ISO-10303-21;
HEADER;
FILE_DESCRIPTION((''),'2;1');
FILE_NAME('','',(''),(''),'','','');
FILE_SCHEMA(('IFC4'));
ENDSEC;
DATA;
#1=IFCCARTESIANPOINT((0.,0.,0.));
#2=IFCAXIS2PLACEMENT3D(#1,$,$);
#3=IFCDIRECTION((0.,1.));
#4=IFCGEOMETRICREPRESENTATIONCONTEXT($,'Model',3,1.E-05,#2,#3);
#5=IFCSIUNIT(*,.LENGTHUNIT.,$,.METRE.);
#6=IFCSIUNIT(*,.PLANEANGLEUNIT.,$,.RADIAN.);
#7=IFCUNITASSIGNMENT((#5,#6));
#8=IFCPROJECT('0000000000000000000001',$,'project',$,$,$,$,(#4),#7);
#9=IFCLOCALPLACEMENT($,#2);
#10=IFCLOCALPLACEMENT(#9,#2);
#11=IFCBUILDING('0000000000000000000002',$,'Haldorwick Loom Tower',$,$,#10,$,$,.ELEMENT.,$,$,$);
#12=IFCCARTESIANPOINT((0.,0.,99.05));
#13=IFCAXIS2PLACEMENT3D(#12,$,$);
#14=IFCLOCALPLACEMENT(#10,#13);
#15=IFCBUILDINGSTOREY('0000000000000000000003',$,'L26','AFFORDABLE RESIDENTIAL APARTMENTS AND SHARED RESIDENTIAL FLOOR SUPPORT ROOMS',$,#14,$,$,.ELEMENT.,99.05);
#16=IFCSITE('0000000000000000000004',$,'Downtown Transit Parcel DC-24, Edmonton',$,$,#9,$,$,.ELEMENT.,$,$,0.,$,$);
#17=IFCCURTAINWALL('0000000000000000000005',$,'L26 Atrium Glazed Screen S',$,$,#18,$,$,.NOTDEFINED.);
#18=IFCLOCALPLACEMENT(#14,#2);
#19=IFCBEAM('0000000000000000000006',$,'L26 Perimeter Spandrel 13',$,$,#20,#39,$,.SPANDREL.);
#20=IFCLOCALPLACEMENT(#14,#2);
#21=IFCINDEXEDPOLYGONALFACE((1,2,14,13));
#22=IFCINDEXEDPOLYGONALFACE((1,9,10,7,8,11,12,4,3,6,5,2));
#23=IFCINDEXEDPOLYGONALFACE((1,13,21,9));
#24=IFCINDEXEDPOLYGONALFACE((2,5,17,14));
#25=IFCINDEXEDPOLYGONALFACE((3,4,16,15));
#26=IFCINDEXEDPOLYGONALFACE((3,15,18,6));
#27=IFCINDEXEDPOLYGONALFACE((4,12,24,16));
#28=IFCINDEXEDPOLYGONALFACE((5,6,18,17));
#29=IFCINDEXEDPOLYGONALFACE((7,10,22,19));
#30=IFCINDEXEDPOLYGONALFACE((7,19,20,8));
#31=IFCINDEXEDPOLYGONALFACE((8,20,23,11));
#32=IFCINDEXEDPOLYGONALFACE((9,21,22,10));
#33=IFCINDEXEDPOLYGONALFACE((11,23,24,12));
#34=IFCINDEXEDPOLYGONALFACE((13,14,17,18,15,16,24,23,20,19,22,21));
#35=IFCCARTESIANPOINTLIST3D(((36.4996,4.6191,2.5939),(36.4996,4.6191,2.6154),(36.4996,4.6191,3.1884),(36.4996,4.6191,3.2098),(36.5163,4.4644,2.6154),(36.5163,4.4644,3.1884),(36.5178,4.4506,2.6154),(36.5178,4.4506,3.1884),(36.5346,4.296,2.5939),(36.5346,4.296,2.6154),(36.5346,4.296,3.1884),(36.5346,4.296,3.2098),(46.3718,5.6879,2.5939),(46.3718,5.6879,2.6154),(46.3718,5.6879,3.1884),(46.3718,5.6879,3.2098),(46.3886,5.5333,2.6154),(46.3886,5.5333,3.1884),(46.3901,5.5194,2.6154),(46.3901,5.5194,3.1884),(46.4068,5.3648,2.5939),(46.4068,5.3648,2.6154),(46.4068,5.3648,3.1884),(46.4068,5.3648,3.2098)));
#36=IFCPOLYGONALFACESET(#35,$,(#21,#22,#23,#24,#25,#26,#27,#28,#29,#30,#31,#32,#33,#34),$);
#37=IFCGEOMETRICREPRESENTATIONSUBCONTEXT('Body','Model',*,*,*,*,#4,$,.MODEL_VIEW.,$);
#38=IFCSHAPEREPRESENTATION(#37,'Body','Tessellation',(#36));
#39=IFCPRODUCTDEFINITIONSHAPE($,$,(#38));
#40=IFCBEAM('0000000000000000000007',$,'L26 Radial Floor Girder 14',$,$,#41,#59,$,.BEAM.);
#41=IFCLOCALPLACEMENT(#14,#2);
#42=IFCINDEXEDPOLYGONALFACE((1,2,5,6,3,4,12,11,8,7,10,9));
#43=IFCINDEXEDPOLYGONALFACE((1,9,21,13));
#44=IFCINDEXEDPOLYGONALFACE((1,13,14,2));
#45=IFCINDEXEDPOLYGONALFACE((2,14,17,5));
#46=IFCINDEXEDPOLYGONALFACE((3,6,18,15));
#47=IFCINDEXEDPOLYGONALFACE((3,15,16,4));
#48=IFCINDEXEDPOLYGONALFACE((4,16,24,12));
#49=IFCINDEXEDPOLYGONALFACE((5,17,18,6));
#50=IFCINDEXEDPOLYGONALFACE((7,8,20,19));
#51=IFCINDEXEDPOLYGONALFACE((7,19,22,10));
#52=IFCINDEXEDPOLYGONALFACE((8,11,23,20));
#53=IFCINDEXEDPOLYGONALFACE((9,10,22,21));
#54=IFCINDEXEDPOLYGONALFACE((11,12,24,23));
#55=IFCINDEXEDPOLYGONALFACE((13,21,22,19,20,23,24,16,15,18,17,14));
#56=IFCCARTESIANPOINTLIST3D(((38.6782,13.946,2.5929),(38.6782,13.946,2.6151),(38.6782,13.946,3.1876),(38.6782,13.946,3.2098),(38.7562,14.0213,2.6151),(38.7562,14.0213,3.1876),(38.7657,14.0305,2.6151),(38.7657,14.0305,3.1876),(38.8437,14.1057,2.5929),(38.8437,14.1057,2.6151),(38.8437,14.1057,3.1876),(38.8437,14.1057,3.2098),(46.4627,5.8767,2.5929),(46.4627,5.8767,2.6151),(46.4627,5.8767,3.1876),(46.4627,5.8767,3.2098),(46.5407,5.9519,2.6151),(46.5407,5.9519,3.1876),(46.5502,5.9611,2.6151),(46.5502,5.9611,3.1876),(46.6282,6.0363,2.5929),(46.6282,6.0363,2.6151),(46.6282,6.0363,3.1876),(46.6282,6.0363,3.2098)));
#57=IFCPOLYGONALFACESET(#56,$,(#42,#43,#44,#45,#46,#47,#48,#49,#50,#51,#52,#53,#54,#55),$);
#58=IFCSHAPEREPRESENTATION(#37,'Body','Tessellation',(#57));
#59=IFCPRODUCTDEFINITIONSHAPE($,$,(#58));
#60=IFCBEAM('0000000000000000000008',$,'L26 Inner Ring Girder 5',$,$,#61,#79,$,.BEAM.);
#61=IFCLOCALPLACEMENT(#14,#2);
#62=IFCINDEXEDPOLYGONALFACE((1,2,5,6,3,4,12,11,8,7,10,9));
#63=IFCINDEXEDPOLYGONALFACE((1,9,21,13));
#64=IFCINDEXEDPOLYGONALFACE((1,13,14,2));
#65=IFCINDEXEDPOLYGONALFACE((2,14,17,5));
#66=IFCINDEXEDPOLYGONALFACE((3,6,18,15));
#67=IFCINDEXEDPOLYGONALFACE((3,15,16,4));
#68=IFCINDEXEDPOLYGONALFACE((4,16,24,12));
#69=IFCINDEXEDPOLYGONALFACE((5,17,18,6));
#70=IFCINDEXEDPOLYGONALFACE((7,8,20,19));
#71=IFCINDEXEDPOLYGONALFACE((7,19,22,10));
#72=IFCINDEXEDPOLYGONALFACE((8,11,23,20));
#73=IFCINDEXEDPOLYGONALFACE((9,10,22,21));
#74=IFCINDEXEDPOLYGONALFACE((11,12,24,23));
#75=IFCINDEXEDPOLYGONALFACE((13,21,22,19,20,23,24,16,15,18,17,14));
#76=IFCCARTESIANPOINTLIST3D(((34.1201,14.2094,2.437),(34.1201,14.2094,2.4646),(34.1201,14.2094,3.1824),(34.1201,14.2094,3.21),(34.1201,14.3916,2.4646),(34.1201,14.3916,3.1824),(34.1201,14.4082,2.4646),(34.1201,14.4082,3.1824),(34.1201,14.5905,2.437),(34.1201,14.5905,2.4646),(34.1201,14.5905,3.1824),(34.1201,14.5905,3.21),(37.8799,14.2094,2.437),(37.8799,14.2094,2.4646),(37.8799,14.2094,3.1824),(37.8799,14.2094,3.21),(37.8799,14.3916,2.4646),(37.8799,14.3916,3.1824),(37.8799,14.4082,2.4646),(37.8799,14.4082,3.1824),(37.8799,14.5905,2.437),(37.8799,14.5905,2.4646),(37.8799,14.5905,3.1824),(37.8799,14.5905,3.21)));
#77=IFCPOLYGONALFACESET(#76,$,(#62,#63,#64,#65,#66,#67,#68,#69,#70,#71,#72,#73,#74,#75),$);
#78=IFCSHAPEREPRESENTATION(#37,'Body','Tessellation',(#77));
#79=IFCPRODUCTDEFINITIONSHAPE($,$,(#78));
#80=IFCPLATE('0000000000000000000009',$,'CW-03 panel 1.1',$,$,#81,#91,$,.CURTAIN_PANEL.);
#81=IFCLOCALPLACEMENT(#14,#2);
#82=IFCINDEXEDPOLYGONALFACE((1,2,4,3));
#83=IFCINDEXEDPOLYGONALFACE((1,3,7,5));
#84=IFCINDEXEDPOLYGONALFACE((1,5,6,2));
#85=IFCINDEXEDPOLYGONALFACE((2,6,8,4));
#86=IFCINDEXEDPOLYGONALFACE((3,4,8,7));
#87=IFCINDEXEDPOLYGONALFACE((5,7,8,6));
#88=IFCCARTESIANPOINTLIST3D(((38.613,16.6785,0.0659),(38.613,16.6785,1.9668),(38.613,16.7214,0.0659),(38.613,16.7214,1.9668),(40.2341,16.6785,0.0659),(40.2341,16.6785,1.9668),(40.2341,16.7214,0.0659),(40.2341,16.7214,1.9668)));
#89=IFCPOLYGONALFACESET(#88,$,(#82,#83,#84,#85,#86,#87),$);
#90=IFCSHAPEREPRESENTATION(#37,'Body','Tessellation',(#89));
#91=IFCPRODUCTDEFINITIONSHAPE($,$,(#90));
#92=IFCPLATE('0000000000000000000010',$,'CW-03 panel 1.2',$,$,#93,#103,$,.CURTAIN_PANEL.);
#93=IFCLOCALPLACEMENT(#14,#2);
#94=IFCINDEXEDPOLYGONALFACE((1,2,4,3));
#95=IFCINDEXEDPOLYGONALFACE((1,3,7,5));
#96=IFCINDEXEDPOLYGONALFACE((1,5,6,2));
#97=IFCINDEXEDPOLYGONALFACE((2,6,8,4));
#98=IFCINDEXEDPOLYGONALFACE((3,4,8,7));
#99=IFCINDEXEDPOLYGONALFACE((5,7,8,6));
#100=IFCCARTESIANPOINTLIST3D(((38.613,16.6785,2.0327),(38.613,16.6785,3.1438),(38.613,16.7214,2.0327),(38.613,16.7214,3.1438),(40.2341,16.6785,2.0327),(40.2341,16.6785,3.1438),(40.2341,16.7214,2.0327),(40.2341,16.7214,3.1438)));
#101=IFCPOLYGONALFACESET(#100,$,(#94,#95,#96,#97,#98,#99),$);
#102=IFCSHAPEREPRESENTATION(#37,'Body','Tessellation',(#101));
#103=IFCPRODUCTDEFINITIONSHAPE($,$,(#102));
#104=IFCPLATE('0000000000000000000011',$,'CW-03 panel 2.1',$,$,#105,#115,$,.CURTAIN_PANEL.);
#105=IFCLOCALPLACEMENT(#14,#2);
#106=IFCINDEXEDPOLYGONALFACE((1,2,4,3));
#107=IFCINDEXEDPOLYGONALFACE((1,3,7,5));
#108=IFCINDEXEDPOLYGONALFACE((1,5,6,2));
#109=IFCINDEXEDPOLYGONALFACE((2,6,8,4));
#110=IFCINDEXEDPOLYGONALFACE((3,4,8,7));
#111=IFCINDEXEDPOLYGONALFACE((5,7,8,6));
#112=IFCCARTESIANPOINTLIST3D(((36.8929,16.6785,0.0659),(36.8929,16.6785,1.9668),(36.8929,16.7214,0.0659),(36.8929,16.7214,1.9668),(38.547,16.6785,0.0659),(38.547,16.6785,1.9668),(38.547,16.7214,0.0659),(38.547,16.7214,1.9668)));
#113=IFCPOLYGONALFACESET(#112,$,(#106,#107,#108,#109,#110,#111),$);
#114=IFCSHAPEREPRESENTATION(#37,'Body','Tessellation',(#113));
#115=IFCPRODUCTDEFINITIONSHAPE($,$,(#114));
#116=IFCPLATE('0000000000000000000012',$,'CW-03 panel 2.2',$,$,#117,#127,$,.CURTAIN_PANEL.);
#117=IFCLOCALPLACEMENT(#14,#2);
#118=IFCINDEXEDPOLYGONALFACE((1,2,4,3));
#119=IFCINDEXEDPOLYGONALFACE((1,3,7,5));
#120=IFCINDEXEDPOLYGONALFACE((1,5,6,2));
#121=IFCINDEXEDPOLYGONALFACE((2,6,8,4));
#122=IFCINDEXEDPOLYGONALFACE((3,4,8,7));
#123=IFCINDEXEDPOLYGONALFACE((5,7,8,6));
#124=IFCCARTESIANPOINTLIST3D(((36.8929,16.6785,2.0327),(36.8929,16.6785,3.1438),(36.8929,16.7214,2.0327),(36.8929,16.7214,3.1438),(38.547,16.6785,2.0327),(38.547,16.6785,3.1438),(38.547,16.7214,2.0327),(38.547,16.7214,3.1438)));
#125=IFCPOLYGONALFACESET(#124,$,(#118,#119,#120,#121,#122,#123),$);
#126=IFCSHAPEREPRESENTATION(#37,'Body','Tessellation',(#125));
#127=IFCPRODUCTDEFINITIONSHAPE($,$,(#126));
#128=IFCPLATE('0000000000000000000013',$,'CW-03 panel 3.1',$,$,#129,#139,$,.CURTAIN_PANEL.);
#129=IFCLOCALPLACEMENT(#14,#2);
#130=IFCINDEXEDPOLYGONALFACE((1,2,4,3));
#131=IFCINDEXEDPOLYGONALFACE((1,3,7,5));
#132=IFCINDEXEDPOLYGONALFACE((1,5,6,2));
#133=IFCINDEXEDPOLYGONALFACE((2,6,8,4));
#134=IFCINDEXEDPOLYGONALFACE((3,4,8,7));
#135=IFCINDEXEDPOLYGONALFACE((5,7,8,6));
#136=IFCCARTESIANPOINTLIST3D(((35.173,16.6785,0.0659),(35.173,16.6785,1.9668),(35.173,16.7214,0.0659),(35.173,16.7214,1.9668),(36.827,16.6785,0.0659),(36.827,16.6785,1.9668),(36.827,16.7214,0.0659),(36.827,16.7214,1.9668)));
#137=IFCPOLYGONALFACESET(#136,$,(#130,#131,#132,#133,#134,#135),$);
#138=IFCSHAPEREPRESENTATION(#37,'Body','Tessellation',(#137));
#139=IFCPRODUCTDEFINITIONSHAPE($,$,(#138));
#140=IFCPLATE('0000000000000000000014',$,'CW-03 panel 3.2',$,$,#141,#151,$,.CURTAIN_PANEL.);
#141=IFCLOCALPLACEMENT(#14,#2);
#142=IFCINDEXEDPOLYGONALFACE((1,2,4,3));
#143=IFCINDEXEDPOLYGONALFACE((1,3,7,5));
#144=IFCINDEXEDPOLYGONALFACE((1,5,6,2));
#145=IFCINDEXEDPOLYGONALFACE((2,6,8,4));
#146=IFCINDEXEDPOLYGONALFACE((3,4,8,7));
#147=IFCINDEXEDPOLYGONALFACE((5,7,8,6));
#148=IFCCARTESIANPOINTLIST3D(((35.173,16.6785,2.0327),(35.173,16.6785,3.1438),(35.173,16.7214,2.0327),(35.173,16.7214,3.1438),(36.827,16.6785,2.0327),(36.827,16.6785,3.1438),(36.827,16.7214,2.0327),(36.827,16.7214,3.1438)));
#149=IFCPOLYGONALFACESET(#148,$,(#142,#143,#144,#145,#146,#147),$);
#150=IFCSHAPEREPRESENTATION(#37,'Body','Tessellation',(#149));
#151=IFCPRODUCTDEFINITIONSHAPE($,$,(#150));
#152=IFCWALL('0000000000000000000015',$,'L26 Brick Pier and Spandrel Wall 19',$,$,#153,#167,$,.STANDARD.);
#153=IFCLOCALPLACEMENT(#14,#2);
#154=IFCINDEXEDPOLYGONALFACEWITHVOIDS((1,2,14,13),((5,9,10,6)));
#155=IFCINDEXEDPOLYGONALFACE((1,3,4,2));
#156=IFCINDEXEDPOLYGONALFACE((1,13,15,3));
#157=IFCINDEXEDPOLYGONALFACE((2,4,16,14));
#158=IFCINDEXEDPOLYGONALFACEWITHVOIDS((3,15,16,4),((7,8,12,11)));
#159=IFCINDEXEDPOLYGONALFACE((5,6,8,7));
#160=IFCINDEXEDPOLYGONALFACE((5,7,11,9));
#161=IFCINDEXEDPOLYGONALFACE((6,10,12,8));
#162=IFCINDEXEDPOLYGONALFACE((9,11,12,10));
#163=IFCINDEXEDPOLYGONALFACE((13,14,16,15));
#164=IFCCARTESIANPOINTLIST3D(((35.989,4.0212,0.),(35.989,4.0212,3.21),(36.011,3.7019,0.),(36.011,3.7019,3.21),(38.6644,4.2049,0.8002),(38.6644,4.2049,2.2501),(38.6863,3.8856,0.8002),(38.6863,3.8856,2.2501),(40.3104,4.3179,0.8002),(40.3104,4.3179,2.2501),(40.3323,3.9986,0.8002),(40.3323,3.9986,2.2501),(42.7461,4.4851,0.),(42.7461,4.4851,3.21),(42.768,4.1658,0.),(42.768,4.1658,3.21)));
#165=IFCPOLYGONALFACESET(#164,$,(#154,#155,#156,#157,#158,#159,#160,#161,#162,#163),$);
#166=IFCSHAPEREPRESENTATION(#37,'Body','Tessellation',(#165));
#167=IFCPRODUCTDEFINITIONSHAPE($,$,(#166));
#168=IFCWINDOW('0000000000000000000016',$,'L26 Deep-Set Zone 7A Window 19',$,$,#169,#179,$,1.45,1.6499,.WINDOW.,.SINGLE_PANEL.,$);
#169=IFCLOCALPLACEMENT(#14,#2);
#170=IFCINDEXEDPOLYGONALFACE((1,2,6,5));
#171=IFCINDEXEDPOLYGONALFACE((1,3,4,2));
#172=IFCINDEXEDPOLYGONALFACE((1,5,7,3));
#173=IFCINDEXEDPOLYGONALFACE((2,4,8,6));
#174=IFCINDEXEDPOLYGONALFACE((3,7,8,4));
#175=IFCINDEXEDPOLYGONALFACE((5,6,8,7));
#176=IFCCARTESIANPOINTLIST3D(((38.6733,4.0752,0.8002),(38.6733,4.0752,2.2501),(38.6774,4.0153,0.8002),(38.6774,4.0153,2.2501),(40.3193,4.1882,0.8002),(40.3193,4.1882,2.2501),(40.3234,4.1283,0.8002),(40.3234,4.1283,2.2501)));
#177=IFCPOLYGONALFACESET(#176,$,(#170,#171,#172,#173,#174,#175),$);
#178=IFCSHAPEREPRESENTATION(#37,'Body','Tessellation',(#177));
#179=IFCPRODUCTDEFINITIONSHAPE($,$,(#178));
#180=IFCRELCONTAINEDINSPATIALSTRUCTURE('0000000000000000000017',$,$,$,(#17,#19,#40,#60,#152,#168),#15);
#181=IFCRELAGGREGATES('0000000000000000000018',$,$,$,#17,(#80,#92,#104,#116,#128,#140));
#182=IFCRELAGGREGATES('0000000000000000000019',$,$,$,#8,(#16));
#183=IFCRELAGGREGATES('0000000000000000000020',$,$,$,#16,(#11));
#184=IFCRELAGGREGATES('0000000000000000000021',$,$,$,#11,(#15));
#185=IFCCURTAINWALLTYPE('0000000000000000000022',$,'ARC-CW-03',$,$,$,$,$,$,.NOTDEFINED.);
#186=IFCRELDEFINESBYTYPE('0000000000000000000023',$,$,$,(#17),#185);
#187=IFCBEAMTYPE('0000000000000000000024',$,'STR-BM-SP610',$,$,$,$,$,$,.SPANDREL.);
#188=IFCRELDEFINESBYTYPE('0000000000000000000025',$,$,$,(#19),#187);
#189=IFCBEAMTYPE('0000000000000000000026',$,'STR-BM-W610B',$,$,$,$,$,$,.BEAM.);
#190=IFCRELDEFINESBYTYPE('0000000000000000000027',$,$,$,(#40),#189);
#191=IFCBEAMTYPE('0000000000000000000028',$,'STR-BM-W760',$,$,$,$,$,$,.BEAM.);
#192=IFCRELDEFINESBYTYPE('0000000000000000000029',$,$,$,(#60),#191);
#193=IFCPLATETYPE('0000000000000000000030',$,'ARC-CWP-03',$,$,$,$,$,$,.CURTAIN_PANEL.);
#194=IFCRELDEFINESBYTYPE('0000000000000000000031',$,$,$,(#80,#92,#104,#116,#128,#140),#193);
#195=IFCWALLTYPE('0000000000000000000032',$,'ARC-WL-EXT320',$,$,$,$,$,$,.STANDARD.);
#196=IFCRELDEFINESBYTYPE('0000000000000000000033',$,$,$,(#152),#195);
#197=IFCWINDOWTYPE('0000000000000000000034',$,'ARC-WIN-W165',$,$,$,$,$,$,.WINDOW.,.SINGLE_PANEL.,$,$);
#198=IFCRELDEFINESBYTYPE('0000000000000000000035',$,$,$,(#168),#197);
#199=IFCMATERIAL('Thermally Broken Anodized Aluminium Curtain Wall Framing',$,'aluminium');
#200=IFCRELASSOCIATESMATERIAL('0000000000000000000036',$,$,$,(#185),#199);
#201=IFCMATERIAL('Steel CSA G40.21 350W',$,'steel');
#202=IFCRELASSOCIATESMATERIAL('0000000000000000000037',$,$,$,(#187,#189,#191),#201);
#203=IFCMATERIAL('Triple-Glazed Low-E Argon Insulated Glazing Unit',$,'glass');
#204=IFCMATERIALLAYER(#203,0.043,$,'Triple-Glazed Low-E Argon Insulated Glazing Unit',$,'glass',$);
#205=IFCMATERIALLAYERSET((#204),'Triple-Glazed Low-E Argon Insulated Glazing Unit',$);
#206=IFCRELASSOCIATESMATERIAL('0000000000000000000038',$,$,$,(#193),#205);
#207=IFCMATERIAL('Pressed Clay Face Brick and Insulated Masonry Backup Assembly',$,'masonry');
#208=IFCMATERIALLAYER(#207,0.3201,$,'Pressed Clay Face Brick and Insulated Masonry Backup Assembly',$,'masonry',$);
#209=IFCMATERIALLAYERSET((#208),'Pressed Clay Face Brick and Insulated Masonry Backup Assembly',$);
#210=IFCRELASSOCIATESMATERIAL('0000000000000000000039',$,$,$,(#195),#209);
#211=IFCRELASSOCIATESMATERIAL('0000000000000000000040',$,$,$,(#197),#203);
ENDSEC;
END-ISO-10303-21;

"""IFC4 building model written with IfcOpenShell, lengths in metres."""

from ifc_helpers import new_model, si_unit, direction, frame, frame_2d, origin, origin_2d, place, context, subcontext, project, spatial, rectangle, i_section, extrude, material, layer, layer_set, material_profile, profile_set, type_object, element, fill, aggregate, save


model = new_model("IFC4")

# Units and contexts
model_context = context("Model", 3, precision=1e-05, world=origin(), true_north=direction((0.0, 1.0)))
body_context = subcontext(model_context, "Body", "Model", "MODEL_VIEW")
ifc_project = project(units=[si_unit("LENGTHUNIT", "METRE"), si_unit("PLANEANGLEUNIT", "RADIAN")], contexts=[model_context])

# Site, building, storey
site_placement = place(None, origin())
site = spatial("IfcSite", under=ifc_project, at=site_placement, Name="Downtown Transit Parcel DC-24, Edmonton", CompositionType="ELEMENT", RefElevation=0.0)
building_placement = place(site_placement, origin())
building = spatial("IfcBuilding", under=site, at=building_placement, Name="Haldorwick Loom Tower", CompositionType="ELEMENT")
storey_placement = place(building_placement, frame((0.0, 0.0, 99.05)))
storey = spatial("IfcBuildingStorey", under=building, at=storey_placement, Name="L26", Description="AFFORDABLE RESIDENTIAL APARTMENTS AND SHARED RESIDENTIAL FLOOR SUPPORT ROOMS", CompositionType="ELEMENT", Elevation=99.05)

# Curtain wall
ifc_material_1 = material(Name="Thermally Broken Anodized Aluminium Curtain Wall Framing", Category="aluminium")
curtain_wall_type = type_object("IfcCurtainWallType", Name="ARC-CW-03", PredefinedType="NOTDEFINED", material=ifc_material_1)
curtain_wall_placement = place(storey_placement, origin())
curtain_wall = element("IfcCurtainWall", 1, at=curtain_wall_placement, inside=storey, type_object=curtain_wall_type, Name="L26 Atrium Glazed Screen S", PredefinedType="NOTDEFINED")

# Beams
ifc_material_2 = material(Name="Steel CSA G40.21 350W", Category="steel")
ifc_material_profile_1 = material_profile(ifc_material_2, i_section(OverallWidth=0.325, OverallDepth=0.616, WebThickness=0.0139, FlangeThickness=0.0215, at=origin_2d()), Name="W610X174", Category="steel")
ifc_profile_set_1 = profile_set([ifc_material_profile_1], Name="Steel CSA G40.21 350W")
beam_type_1 = type_object("IfcBeamType", Name="STR-BM-SP610", PredefinedType="SPANDREL", material=ifc_profile_set_1)
beam_1_placement = place(storey_placement, frame((36.5171, 4.4575, 2.9019), z_axis=(0.99419, 0.107638, 0.0), x_axis=(-0.107638, 0.99419, 0.0)))
element("IfcBeam", 2, at=beam_1_placement, inside=storey, type_object=beam_type_1, Name="L26 Perimeter Spandrel 13", PredefinedType="SPANDREL", context=body_context, shape_type="SweptSolid", body=[
    extrude(i_section(OverallWidth=0.325, OverallDepth=0.616, WebThickness=0.0139, FlangeThickness=0.0215, at=origin_2d()), origin(), (0.0, 0.0, 1.0), 9.9299),
])
ifc_material_profile_2 = material_profile(ifc_material_2, i_section(OverallWidth=0.23, OverallDepth=0.6169, WebThickness=0.0132, FlangeThickness=0.0222, at=origin_2d()), Name="W610X140", Category="steel")
ifc_profile_set_2 = profile_set([ifc_material_profile_2], Name="Steel CSA G40.21 350W")
beam_type_2 = type_object("IfcBeamType", Name="STR-BM-W610B", PredefinedType="BEAM", material=ifc_profile_set_2)
beam_2_placement = place(storey_placement, frame((38.761, 14.0259, 2.9014), z_axis=(0.694287, -0.719698, 0.0), x_axis=(0.719698, 0.694287, 0.0)))
element("IfcBeam", 3, at=beam_2_placement, inside=storey, type_object=beam_type_2, Name="L26 Radial Floor Girder 14", PredefinedType="BEAM", context=body_context, shape_type="SweptSolid", body=[
    extrude(i_section(OverallWidth=0.23, OverallDepth=0.6169, WebThickness=0.0132, FlangeThickness=0.0222, at=origin_2d()), origin(), (0.0, 0.0, 1.0), 11.2122),
])
ifc_material_profile_3 = material_profile(ifc_material_2, i_section(OverallWidth=0.3811, OverallDepth=0.7729, WebThickness=0.0166, FlangeThickness=0.0276, at=origin_2d()), Name="W760X257", Category="steel")
ifc_profile_set_3 = profile_set([ifc_material_profile_3], Name="Steel CSA G40.21 350W")
beam_type_3 = type_object("IfcBeamType", Name="STR-BM-W760", PredefinedType="BEAM", material=ifc_profile_set_3)
beam_3_placement = place(storey_placement, frame((37.8799, 14.3999, 2.8235), z_axis=(-1.0, 0.0, 0.0), x_axis=(0.0, -1.0, 0.0)))
element("IfcBeam", 4, at=beam_3_placement, inside=storey, type_object=beam_type_3, Name="L26 Inner Ring Girder 5", PredefinedType="BEAM", context=body_context, shape_type="SweptSolid", body=[
    extrude(i_section(OverallWidth=0.3811, OverallDepth=0.7729, WebThickness=0.0166, FlangeThickness=0.0276, at=origin_2d()), origin(), (0.0, 0.0, 1.0), 3.7598),
])

# Plates
ifc_material_3 = material(Name="Triple-Glazed Low-E Argon Insulated Glazing Unit", Category="glass")
ifc_layer_1 = layer(ifc_material_3, 0.043, Name="Triple-Glazed Low-E Argon Insulated Glazing Unit", Category="glass")
ifc_layer_set_1 = layer_set([ifc_layer_1], Name="Triple-Glazed Low-E Argon Insulated Glazing Unit")
plate_type = type_object("IfcPlateType", Name="ARC-CWP-03", PredefinedType="CURTAIN_PANEL", material=ifc_layer_set_1)
plate_1_placement = place(storey_placement, frame((39.4236, 16.7, 0.0659), z_axis=(0.0, 0.0, 1.0), x_axis=(-1.0, 0.0, 0.0)))
plate_1 = element("IfcPlate", 5, at=plate_1_placement, type_object=plate_type, Name="CW-03 panel 1.1", PredefinedType="CURTAIN_PANEL", context=body_context, shape_type="SweptSolid", body=[
    extrude(rectangle(XDim=1.6211, YDim=0.043, at=origin_2d()), origin(), (0.0, 0.0, 1.0), 1.9009),
])
plate_2_placement = place(storey_placement, frame((39.4236, 16.7, 2.0327), z_axis=(0.0, 0.0, 1.0), x_axis=(-1.0, 0.0, 0.0)))
plate_2 = element("IfcPlate", 6, at=plate_2_placement, type_object=plate_type, Name="CW-03 panel 1.2", PredefinedType="CURTAIN_PANEL", context=body_context, shape_type="SweptSolid", body=[
    extrude(rectangle(XDim=1.6211, YDim=0.043, at=origin_2d()), origin(), (0.0, 0.0, 1.0), 1.1111),
])
plate_3_placement = place(storey_placement, frame((37.72, 16.7, 0.0659), z_axis=(0.0, 0.0, 1.0), x_axis=(-1.0, 0.0, 0.0)))
plate_3 = element("IfcPlate", 7, at=plate_3_placement, type_object=plate_type, Name="CW-03 panel 2.1", PredefinedType="CURTAIN_PANEL", context=body_context, shape_type="SweptSolid", body=[
    extrude(rectangle(XDim=1.6541, YDim=0.043, at=origin_2d()), origin(), (0.0, 0.0, 1.0), 1.9009),
])
plate_4_placement = place(storey_placement, frame((37.72, 16.7, 2.0327), z_axis=(0.0, 0.0, 1.0), x_axis=(-1.0, 0.0, 0.0)))
plate_4 = element("IfcPlate", 8, at=plate_4_placement, type_object=plate_type, Name="CW-03 panel 2.2", PredefinedType="CURTAIN_PANEL", context=body_context, shape_type="SweptSolid", body=[
    extrude(rectangle(XDim=1.6541, YDim=0.043, at=origin_2d()), origin(), (0.0, 0.0, 1.0), 1.1111),
])
plate_5_placement = place(storey_placement, frame((36.0, 16.7, 0.0659), z_axis=(0.0, 0.0, 1.0), x_axis=(-1.0, 0.0, 0.0)))
plate_5 = element("IfcPlate", 9, at=plate_5_placement, type_object=plate_type, Name="CW-03 panel 3.1", PredefinedType="CURTAIN_PANEL", context=body_context, shape_type="SweptSolid", body=[
    extrude(rectangle(XDim=1.6541, YDim=0.043, at=origin_2d()), origin(), (0.0, 0.0, 1.0), 1.9009),
])
plate_6_placement = place(storey_placement, frame((36.0, 16.7, 2.0327), z_axis=(0.0, 0.0, 1.0), x_axis=(-1.0, 0.0, 0.0)))
plate_6 = element("IfcPlate", 10, at=plate_6_placement, type_object=plate_type, Name="CW-03 panel 3.2", PredefinedType="CURTAIN_PANEL", context=body_context, shape_type="SweptSolid", body=[
    extrude(rectangle(XDim=1.6541, YDim=0.043, at=origin_2d()), origin(), (0.0, 0.0, 1.0), 1.1111),
])
aggregate(curtain_wall, [plate_1, plate_2, plate_3, plate_4, plate_5, plate_6])

# Wall, opening, window
ifc_material_4 = material(Name="Pressed Clay Face Brick and Insulated Masonry Backup Assembly", Category="masonry")
ifc_layer_2 = layer(ifc_material_4, 0.3201, Name="Pressed Clay Face Brick and Insulated Masonry Backup Assembly", Category="masonry")
ifc_layer_set_2 = layer_set([ifc_layer_2], Name="Pressed Clay Face Brick and Insulated Masonry Backup Assembly")
wall_type_1 = type_object("IfcWallType", Name="ARC-WL-EXT320", PredefinedType="STANDARD", material=ifc_layer_set_2)
wall_1_placement = place(storey_placement, frame((36.0, 3.8616, 0.0), z_axis=(0.0, 0.0, 1.0), x_axis=(0.997652, 0.068488, 0.0)))
wall_1 = element("IfcWall", 11, at=wall_1_placement, inside=storey, type_object=wall_type_1, Name="L26 Brick Pier and Spandrel Wall 19", PredefinedType="STANDARD", context=body_context, shape_type="SweptSolid", body=[
    extrude(rectangle(XDim=6.7729, YDim=0.3201, at=frame_2d((3.3865, 0.0))), origin(), (0.0, 0.0, 1.0), 3.21),
])
opening_placement = place(wall_1_placement, frame((2.6816, 0.0, 0.8)))
opening = element("IfcOpeningElement", 12, at=opening_placement, cuts=wall_1, PredefinedType="OPENING", context=body_context, shape_type="SweptSolid", body=[
    extrude(rectangle(XDim=1.6499, YDim=1.45, at=frame_2d((0.825, 0.7251))), frame((0.0, 0.1699, 0.0), z_axis=(0.0, -1.0, 0.0), x_axis=(1.0, 0.0, 0.0)), (0.0, 0.0, 1.0), 0.3401),
])
window_type = type_object("IfcWindowType", Name="ARC-WIN-W165", PartitioningType="SINGLE_PANEL", PredefinedType="WINDOW", material=ifc_material_3)
window_placement = place(opening_placement, origin())
window = element("IfcWindow", 13, at=window_placement, inside=storey, type_object=window_type, Name="L26 Deep-Set Zone 7A Window 19", OverallHeight=1.45, OverallWidth=1.6499, PartitioningType="SINGLE_PANEL", PredefinedType="WINDOW", context=body_context, shape_type="SweptSolid", body=[
    extrude(rectangle(XDim=1.6499, YDim=1.45, at=frame_2d((0.825, 0.7251))), frame((0.0, 0.03, 0.0), z_axis=(0.0, -1.0, 0.0), x_axis=(1.0, 0.0, 0.0)), (0.0, 0.0, 1.0), 0.0601),
])
fill(opening, window)

save(model, "model.ifc")
